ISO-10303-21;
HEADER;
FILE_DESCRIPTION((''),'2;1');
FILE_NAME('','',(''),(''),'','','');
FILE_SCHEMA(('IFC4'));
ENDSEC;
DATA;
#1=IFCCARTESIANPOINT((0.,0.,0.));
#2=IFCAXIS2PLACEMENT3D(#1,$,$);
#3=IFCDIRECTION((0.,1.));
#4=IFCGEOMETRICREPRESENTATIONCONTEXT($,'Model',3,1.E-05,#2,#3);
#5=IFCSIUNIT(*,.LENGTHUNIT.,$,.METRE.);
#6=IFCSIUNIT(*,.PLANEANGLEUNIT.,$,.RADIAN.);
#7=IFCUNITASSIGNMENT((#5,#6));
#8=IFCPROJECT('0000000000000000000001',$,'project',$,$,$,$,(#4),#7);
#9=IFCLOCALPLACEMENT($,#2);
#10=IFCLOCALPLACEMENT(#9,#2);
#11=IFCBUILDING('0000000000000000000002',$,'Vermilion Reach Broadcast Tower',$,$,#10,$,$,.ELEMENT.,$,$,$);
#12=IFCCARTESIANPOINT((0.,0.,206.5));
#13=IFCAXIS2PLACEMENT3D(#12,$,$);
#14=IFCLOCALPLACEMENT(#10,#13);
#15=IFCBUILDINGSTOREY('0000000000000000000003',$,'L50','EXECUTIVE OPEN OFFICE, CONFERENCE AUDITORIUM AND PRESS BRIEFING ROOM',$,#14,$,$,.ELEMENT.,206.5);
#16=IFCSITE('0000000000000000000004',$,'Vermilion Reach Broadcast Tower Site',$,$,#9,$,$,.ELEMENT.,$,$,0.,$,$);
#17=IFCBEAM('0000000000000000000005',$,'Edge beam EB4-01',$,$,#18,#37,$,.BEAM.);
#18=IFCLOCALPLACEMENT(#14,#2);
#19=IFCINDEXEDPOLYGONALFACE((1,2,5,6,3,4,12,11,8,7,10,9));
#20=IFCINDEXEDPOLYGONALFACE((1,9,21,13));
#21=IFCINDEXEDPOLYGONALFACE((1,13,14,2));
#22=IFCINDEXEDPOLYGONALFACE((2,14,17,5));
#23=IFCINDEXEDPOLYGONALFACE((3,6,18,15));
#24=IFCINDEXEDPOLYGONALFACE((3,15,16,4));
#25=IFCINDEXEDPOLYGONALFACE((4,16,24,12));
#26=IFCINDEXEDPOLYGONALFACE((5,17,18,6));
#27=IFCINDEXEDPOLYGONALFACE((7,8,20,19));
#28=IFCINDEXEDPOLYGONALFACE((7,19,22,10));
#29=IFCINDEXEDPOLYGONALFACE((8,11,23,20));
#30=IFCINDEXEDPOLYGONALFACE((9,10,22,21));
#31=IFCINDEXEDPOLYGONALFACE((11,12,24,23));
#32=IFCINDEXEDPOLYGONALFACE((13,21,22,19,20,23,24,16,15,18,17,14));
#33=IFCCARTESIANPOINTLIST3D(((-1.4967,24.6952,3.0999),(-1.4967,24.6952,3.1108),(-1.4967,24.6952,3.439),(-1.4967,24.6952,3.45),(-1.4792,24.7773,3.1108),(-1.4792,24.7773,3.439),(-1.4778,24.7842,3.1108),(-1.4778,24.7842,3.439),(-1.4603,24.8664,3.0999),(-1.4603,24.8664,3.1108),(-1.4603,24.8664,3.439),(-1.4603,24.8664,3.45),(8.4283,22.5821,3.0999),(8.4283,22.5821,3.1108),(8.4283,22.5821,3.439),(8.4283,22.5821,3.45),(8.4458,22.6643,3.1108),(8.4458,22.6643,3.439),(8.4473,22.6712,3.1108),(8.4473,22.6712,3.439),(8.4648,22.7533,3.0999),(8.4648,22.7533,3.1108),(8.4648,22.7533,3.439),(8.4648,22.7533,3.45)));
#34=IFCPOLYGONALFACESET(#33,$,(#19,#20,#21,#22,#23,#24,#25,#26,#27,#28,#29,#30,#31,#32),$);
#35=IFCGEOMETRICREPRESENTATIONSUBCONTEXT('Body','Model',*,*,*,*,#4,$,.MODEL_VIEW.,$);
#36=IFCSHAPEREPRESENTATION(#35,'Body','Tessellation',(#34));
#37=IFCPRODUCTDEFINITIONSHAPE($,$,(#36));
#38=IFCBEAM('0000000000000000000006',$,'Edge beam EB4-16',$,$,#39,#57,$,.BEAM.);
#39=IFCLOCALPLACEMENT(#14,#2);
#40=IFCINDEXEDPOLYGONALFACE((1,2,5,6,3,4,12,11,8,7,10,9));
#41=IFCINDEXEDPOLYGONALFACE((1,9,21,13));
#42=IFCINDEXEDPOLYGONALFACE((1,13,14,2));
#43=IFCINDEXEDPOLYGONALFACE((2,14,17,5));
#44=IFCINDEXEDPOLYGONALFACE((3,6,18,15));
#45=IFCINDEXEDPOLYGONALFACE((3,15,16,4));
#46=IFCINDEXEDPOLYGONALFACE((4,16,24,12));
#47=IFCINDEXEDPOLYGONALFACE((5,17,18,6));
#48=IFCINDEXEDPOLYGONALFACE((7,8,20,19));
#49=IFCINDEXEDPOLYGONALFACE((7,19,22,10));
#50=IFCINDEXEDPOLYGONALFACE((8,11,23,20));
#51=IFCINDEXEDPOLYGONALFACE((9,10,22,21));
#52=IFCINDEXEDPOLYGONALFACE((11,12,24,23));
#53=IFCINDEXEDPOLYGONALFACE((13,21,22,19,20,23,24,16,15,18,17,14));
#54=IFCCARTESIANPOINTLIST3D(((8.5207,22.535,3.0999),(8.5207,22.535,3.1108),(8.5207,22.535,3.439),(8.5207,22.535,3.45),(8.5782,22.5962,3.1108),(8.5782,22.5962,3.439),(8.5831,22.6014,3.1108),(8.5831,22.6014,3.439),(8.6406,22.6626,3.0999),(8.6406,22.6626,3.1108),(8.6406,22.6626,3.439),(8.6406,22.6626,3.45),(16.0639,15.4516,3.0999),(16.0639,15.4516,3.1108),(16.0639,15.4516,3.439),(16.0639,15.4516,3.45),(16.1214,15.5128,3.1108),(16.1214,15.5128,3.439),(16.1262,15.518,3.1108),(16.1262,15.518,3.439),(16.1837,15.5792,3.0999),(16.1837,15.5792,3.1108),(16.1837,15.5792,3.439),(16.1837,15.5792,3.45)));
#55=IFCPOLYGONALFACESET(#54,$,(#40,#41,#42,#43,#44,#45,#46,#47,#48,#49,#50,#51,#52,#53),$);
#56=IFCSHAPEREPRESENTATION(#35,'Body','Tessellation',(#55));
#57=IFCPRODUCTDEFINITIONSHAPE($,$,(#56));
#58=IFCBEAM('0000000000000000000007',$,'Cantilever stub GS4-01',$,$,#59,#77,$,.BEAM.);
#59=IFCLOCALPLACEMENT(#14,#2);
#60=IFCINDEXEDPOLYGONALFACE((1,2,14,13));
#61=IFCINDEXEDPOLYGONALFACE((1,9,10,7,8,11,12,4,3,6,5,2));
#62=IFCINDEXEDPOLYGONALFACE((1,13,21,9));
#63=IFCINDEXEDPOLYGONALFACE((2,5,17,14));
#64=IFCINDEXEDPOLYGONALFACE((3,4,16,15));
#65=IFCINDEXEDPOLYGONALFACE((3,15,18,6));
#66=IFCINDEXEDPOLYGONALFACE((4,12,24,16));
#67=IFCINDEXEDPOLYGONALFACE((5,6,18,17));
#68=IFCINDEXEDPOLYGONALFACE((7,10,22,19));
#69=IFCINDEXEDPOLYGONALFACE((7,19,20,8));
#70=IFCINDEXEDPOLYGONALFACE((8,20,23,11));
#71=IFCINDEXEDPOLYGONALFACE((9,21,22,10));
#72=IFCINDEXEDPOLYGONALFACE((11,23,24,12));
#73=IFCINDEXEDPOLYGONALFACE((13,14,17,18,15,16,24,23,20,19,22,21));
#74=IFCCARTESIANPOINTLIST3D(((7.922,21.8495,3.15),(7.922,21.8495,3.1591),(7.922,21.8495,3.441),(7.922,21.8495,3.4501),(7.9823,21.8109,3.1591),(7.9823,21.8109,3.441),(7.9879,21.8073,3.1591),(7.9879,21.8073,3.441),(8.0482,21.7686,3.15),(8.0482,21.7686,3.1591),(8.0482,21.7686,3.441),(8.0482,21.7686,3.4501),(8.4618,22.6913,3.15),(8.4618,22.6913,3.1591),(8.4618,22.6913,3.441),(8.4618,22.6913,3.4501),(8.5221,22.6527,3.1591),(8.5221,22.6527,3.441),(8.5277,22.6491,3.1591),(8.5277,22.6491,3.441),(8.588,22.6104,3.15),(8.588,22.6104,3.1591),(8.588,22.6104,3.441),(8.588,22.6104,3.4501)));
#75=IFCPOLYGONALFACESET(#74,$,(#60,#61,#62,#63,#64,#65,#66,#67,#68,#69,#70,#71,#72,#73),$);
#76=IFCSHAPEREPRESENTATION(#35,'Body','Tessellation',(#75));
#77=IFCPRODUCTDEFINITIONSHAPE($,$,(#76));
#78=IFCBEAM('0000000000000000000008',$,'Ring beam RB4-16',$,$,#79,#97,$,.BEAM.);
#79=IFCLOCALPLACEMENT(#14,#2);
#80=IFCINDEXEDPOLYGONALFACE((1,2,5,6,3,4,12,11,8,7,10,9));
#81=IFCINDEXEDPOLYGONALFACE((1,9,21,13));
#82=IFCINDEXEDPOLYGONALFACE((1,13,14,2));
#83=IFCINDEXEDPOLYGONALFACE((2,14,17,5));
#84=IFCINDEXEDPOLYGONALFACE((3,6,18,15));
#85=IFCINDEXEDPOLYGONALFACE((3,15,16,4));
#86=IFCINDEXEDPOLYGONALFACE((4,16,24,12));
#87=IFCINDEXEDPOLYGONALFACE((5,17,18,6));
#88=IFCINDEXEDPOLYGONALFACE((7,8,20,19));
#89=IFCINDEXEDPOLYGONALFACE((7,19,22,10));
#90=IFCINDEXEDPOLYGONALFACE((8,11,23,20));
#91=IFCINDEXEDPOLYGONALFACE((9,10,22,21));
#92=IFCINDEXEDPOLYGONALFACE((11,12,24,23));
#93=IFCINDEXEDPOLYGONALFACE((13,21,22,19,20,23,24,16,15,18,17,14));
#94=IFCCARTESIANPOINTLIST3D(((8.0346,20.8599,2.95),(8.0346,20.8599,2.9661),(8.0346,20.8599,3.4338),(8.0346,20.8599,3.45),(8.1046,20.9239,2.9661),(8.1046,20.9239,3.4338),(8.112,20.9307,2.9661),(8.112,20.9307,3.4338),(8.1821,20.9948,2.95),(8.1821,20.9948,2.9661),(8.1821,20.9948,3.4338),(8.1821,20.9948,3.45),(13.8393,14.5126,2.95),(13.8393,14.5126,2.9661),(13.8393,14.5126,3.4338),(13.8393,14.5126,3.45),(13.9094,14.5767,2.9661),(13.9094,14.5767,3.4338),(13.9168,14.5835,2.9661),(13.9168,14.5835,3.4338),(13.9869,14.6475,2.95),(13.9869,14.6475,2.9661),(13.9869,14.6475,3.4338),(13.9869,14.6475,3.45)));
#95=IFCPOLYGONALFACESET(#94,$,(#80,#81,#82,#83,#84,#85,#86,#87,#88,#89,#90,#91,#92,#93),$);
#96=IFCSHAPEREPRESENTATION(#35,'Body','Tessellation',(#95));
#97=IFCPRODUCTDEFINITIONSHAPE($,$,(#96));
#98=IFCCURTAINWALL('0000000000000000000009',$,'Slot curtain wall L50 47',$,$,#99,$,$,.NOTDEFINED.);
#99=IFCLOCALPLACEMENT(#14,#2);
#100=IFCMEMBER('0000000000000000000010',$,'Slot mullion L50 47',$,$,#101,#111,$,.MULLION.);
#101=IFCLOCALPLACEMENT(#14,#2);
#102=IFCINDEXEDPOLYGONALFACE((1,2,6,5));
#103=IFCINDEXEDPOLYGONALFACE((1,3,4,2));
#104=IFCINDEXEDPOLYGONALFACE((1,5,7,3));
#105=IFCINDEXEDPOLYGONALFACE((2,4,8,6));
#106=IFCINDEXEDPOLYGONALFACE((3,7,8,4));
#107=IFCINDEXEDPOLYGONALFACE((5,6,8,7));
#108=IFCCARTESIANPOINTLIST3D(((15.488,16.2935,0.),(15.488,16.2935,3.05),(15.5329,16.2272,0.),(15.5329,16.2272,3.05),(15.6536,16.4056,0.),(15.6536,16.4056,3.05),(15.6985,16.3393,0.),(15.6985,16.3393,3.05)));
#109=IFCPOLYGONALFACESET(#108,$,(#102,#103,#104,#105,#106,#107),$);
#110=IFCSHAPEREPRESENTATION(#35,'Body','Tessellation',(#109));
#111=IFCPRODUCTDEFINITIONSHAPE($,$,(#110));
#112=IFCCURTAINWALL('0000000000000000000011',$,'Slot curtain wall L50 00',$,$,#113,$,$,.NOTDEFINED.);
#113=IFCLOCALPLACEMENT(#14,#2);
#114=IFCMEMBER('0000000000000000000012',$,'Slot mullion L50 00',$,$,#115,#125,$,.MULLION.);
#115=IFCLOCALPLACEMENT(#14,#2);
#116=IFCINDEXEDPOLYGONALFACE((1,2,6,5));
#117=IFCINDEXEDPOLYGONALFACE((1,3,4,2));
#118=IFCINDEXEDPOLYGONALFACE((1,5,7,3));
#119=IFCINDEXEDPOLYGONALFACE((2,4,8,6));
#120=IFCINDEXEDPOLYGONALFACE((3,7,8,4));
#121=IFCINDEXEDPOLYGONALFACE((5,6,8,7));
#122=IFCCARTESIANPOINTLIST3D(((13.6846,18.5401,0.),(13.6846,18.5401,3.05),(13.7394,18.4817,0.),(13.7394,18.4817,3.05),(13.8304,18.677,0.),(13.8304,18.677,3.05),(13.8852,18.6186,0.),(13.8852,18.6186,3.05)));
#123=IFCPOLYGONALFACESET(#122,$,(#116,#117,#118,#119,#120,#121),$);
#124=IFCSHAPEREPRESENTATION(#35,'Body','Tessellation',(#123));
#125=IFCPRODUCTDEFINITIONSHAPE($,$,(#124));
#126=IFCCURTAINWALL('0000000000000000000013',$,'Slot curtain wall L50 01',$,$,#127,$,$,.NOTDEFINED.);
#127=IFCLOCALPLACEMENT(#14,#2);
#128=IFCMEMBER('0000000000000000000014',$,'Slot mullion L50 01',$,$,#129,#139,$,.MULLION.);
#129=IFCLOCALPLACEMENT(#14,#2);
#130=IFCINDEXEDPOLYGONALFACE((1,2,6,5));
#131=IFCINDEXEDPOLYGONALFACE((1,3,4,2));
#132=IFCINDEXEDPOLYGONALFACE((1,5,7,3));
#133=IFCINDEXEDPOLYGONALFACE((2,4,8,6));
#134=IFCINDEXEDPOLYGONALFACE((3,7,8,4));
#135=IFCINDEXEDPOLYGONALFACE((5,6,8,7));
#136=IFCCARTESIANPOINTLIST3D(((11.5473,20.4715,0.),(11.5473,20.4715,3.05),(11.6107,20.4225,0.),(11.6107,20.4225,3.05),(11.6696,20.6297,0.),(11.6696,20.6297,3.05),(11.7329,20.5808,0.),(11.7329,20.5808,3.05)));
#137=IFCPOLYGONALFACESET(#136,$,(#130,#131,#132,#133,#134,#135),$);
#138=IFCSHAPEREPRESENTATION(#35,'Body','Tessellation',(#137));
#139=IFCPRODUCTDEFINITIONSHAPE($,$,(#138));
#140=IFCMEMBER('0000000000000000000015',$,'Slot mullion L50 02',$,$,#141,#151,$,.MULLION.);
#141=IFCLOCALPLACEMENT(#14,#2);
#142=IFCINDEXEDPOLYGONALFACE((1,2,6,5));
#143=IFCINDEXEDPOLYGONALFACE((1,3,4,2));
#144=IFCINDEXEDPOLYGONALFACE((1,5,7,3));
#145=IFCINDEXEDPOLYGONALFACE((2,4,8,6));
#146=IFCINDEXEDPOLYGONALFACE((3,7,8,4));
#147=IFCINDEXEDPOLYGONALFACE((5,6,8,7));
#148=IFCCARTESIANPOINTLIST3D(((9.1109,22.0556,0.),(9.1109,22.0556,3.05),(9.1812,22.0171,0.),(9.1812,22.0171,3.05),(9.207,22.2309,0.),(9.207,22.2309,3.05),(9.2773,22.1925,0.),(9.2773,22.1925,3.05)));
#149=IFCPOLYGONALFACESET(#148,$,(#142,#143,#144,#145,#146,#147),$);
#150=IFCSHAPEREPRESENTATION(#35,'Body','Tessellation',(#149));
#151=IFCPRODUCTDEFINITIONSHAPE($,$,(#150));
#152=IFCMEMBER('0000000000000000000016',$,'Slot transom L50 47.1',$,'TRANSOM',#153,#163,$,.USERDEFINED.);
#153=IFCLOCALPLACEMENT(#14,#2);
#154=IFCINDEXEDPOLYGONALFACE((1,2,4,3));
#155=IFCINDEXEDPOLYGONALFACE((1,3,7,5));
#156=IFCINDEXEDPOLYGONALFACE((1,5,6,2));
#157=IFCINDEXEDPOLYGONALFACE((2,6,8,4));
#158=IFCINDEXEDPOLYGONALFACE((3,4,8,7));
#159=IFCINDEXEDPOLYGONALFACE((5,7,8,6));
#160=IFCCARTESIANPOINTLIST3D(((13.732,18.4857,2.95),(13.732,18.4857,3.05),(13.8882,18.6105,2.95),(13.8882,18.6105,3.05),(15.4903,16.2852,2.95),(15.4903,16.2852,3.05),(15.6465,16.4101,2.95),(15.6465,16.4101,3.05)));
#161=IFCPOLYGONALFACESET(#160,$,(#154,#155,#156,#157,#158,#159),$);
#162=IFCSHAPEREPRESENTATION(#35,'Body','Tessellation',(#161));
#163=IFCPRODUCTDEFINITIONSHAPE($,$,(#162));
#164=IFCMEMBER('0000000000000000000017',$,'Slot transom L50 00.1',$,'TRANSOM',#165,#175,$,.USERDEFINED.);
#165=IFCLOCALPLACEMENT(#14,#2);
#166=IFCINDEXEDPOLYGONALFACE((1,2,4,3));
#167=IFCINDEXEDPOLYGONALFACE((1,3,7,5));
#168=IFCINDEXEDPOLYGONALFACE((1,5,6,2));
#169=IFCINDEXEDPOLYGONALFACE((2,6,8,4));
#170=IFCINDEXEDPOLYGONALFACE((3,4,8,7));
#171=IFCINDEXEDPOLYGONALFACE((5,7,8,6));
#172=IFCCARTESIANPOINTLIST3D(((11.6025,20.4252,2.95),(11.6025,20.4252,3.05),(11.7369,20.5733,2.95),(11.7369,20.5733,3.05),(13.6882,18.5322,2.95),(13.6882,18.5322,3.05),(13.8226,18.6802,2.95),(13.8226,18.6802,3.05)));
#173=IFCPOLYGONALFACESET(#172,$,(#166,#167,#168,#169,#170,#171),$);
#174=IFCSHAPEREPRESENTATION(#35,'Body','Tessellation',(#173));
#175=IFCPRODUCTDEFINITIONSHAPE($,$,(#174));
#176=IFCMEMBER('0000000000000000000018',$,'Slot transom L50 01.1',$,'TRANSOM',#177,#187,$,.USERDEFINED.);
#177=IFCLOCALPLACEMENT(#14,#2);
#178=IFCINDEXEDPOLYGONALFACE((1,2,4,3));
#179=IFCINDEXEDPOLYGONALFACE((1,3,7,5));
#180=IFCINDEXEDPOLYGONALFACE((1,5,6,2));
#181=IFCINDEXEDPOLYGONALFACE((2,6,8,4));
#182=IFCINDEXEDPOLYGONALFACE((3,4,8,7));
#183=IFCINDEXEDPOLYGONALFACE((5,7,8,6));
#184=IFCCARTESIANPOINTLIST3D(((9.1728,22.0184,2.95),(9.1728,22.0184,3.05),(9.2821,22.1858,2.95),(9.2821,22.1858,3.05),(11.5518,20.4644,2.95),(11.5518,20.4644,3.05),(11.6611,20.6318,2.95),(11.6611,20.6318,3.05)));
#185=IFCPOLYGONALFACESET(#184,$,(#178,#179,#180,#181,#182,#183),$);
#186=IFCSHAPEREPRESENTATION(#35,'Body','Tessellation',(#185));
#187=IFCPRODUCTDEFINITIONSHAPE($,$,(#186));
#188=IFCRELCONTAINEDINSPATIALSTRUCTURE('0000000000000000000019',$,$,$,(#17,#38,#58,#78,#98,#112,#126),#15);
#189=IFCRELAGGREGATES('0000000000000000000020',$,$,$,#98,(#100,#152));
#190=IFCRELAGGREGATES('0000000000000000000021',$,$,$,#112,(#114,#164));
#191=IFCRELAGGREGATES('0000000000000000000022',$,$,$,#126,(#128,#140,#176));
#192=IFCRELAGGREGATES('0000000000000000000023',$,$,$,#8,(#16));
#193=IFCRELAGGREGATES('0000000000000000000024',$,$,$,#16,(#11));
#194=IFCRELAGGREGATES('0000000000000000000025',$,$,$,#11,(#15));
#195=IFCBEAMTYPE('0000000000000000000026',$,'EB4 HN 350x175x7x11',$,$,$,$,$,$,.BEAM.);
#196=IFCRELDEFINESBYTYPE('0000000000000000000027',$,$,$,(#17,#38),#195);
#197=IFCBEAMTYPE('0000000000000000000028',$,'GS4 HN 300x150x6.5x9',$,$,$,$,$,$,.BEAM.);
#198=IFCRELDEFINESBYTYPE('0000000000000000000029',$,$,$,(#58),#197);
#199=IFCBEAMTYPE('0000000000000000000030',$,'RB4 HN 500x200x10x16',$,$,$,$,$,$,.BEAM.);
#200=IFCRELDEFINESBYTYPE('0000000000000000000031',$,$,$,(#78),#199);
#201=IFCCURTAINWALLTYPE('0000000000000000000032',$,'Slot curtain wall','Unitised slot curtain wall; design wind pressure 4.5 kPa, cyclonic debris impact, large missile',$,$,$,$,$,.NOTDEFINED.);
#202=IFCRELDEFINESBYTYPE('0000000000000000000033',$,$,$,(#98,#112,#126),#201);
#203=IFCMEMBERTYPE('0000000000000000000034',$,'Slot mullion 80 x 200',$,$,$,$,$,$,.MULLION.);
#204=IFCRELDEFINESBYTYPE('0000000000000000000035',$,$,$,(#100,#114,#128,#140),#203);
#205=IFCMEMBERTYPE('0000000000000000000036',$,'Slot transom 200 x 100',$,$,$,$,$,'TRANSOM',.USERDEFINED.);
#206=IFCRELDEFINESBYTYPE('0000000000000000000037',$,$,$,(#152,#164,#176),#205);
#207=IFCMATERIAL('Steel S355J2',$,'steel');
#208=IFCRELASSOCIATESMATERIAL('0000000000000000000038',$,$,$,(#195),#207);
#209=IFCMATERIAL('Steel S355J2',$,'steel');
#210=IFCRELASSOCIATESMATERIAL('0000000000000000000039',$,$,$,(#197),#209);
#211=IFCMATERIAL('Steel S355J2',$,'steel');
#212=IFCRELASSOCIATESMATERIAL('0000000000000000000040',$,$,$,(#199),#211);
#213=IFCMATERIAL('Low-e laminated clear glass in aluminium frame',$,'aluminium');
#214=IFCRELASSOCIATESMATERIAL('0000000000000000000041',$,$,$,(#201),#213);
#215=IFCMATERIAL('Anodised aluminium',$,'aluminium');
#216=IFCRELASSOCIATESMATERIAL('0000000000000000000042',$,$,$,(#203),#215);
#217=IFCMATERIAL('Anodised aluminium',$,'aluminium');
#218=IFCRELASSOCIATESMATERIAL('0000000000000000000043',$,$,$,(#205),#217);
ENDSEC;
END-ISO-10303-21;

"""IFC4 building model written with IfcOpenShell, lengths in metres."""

from ifc_helpers import new_model, si_unit, direction, frame, origin, origin_2d, place, context, subcontext, project, spatial, rectangle, i_section, extrude, material, material_profile, profile_set, type_object, element, aggregate, save


model = new_model("IFC4")

# Units and contexts
model_context = context("Model", 3, precision=1e-05, world=origin(), true_north=direction((0.0, 1.0)))
body_context = subcontext(model_context, "Body", "Model", "MODEL_VIEW")
ifc_project = project(units=[si_unit("LENGTHUNIT", "METRE"), si_unit("PLANEANGLEUNIT", "RADIAN")], contexts=[model_context])

# Site, building, storey
site_placement = place(None, origin())
site = spatial("IfcSite", under=ifc_project, at=site_placement, Name="Vermilion Reach Broadcast Tower Site", CompositionType="ELEMENT", RefElevation=0.0)
building_placement = place(site_placement, origin())
building = spatial("IfcBuilding", under=site, at=building_placement, Name="Vermilion Reach Broadcast Tower", CompositionType="ELEMENT")
storey_placement = place(building_placement, frame((0.0, 0.0, 206.5)))
storey = spatial("IfcBuildingStorey", under=building, at=storey_placement, Name="L50", Description="EXECUTIVE OPEN OFFICE, CONFERENCE AUDITORIUM AND PRESS BRIEFING ROOM", CompositionType="ELEMENT", Elevation=206.5)

# Beams
ifc_material_1 = material(Name="Steel S355J2", Category="steel")
ifc_material_profile_1 = material_profile(ifc_material_1, i_section(OverallWidth=0.175, OverallDepth=0.3501, WebThickness=0.0071, FlangeThickness=0.011, at=origin_2d()), Name="S355J2 HN 350x175x7x11")
ifc_profile_set_1 = profile_set([ifc_material_profile_1], Name="Steel S355J2")
beam_type_1 = type_object("IfcBeamType", Name="EB4 HN 350x175x7x11", PredefinedType="BEAM", material=ifc_profile_set_1)
beam_1_placement = place(storey_placement, frame((8.4465, 22.6677, 3.2749), z_axis=(-0.978079, 0.208233, 0.0), x_axis=(-0.208233, -0.978079, 0.0)))
element("IfcBeam", 1, at=beam_1_placement, inside=storey, type_object=beam_type_1, Name="Edge beam EB4-01", PredefinedType="BEAM", context=body_context, shape_type="SweptSolid", body=[
    extrude(i_section(OverallWidth=0.175, OverallDepth=0.3501, WebThickness=0.0071, FlangeThickness=0.011, at=origin_2d()), origin(), (0.0, 0.0, 1.0), 10.1475),
])
beam_2_placement = place(storey_placement, frame((16.1238, 15.5154, 3.2749), z_axis=(-0.728971, 0.684544, 0.0), x_axis=(-0.684544, -0.728971, 0.0)))
element("IfcBeam", 2, at=beam_2_placement, inside=storey, type_object=beam_type_1, Name="Edge beam EB4-16", PredefinedType="BEAM", context=body_context, shape_type="SweptSolid", body=[
    extrude(i_section(OverallWidth=0.175, OverallDepth=0.3501, WebThickness=0.0071, FlangeThickness=0.011, at=origin_2d()), origin(), (0.0, 0.0, 1.0), 10.3477),
])
ifc_material_2 = material(Name="Steel S355J2", Category="steel")
ifc_material_profile_2 = material_profile(ifc_material_2, i_section(OverallWidth=0.1499, OverallDepth=0.3, WebThickness=0.0066, FlangeThickness=0.009, at=origin_2d()), Name="S355J2 HN 300x150x6.5x9")
ifc_profile_set_2 = profile_set([ifc_material_profile_2], Name="Steel S355J2")
beam_type_2 = type_object("IfcBeamType", Name="GS4 HN 300x150x6.5x9", PredefinedType="BEAM", material=ifc_profile_set_2)
beam_3_placement = place(storey_placement, frame((7.9851, 21.8091, 3.3), z_axis=(0.539795, 0.841797, 0.0), x_axis=(-0.841797, 0.539795, 0.0)))
element("IfcBeam", 3, at=beam_3_placement, inside=storey, type_object=beam_type_2, Name="Cantilever stub GS4-01", PredefinedType="BEAM", context=body_context, shape_type="SweptSolid", body=[
    extrude(i_section(OverallWidth=0.1499, OverallDepth=0.3, WebThickness=0.0066, FlangeThickness=0.009, at=origin_2d()), origin(), (0.0, 0.0, 1.0), 1.0),
])
ifc_material_3 = material(Name="Steel S355J2", Category="steel")
ifc_material_profile_3 = material_profile(ifc_material_3, i_section(OverallWidth=0.2, OverallDepth=0.5, WebThickness=0.01, FlangeThickness=0.0161, at=origin_2d()), Name="S355J2 HN 500x200x10x16")
ifc_profile_set_3 = profile_set([ifc_material_profile_3], Name="Steel S355J2")
beam_type_3 = type_object("IfcBeamType", Name="RB4 HN 500x200x10x16", PredefinedType="BEAM", material=ifc_profile_set_3)
beam_4_placement = place(storey_placement, frame((13.9131, 14.5801, 3.2), z_axis=(-0.674868, 0.737938, 0.0), x_axis=(-0.737938, -0.674868, 0.0)))
element("IfcBeam", 4, at=beam_4_placement, inside=storey, type_object=beam_type_3, Name="Ring beam RB4-16", PredefinedType="BEAM", context=body_context, shape_type="SweptSolid", body=[
    extrude(i_section(OverallWidth=0.2, OverallDepth=0.5, WebThickness=0.01, FlangeThickness=0.0161, at=origin_2d()), origin(), (0.0, 0.0, 1.0), 8.6013),
])

# Curtain walls, members
ifc_material_4 = material(Name="Low-e laminated clear glass in aluminium frame", Category="aluminium")
curtain_wall_type = type_object("IfcCurtainWallType", Name="Slot curtain wall", Description="Unitised slot curtain wall; design wind pressure 4.5 kPa, cyclonic debris impact, large missile", PredefinedType="NOTDEFINED", material=ifc_material_4)
placement = place(storey_placement, origin())
curtain_wall_1 = element("IfcCurtainWall", 5, at=placement, inside=storey, type_object=curtain_wall_type, Name="Slot curtain wall L50 47", PredefinedType="NOTDEFINED")
ifc_material_5 = material(Name="Anodised aluminium", Category="aluminium")
ifc_material_profile_4 = material_profile(ifc_material_5, rectangle(XDim=0.2, YDim=0.0801, at=origin_2d()), Name="Slot mullion 80 x 200")
ifc_profile_set_4 = profile_set([ifc_material_profile_4], Name="Anodised aluminium")
member_type_1 = type_object("IfcMemberType", Name="Slot mullion 80 x 200", PredefinedType="MULLION", material=ifc_profile_set_4)
member_1_placement = place(storey_placement, frame((15.5933, 16.3164, 0.0), z_axis=(0.0, 0.0, 1.0), x_axis=(-0.828147, -0.560511, 0.0)))
member_1 = element("IfcMember", 6, at=member_1_placement, type_object=member_type_1, Name="Slot mullion L50 47", PredefinedType="MULLION", context=body_context, shape_type="SweptSolid", body=[
    extrude(rectangle(XDim=0.2, YDim=0.0801, at=origin_2d()), origin(), (0.0, 0.0, 1.0), 3.05),
])
curtain_wall_2 = element("IfcCurtainWall", 7, at=placement, inside=storey, type_object=curtain_wall_type, Name="Slot curtain wall L50 00", PredefinedType="NOTDEFINED")
member_2_placement = place(storey_placement, frame((13.7849, 18.5793, 0.0), z_axis=(0.0, 0.0, 1.0), x_axis=(-0.728969, -0.684547, 0.0)))
member_2 = element("IfcMember", 8, at=member_2_placement, type_object=member_type_1, Name="Slot mullion L50 00", PredefinedType="MULLION", context=body_context, shape_type="SweptSolid", body=[
    extrude(rectangle(XDim=0.2, YDim=0.0801, at=origin_2d()), origin(), (0.0, 0.0, 1.0), 3.05),
])

# Curtain wall, members
curtain_wall_3 = element("IfcCurtainWall", 9, at=placement, inside=storey, type_object=curtain_wall_type, Name="Slot curtain wall L50 01", PredefinedType="NOTDEFINED")
member_3_placement = place(storey_placement, frame((11.6401, 20.5261, 0.0), z_axis=(0.0, 0.0, 1.0), x_axis=(-0.611404, -0.791318, 0.0)))
member_3 = element("IfcMember", 10, at=member_3_placement, type_object=member_type_1, Name="Slot mullion L50 01", PredefinedType="MULLION", context=body_context, shape_type="SweptSolid", body=[
    extrude(rectangle(XDim=0.2, YDim=0.0801, at=origin_2d()), origin(), (0.0, 0.0, 1.0), 3.05),
])
member_4_placement = place(storey_placement, frame((9.1941, 22.124, 0.0), z_axis=(0.0, 0.0, 1.0), x_axis=(-0.48063, -0.876924, 0.0)))
member_4 = element("IfcMember", 11, at=member_4_placement, type_object=member_type_1, Name="Slot mullion L50 02", PredefinedType="MULLION", context=body_context, shape_type="SweptSolid", body=[
    extrude(rectangle(XDim=0.2, YDim=0.0801, at=origin_2d()), origin(), (0.0, 0.0, 1.0), 3.05),
])

# Members
ifc_material_6 = material(Name="Anodised aluminium", Category="aluminium")
ifc_material_profile_5 = material_profile(ifc_material_6, rectangle(XDim=0.2, YDim=0.1001, at=origin_2d()), Name="Slot transom 200 x 100")
ifc_profile_set_5 = profile_set([ifc_material_profile_5], Name="Anodised aluminium")
member_type_2 = type_object("IfcMemberType", Name="Slot transom 200 x 100", ElementType="TRANSOM", PredefinedType="USERDEFINED", material=ifc_profile_set_5)
member_5_placement = place(storey_placement, frame((15.5684, 16.3477, 3.0), z_axis=(-0.624251, 0.781224, 0.0), x_axis=(-0.781224, -0.624251, 0.0)))
member_5 = element("IfcMember", 12, at=member_5_placement, type_object=member_type_2, Name="Slot transom L50 47.1", ObjectType="TRANSOM", PredefinedType="USERDEFINED", context=body_context, shape_type="SweptSolid", body=[
    extrude(rectangle(XDim=0.2, YDim=0.1001, at=origin_2d()), origin(), (0.0, 0.0, 1.0), 2.8167),
])
member_6_placement = place(storey_placement, frame((13.7554, 18.6062, 3.0), z_axis=(-0.740473, 0.672086, 0.0), x_axis=(-0.672086, -0.740473, 0.0)))
member_6 = element("IfcMember", 13, at=member_6_placement, type_object=member_type_2, Name="Slot transom L50 00.1", ObjectType="TRANSOM", PredefinedType="USERDEFINED", context=body_context, shape_type="SweptSolid", body=[
    extrude(rectangle(XDim=0.2, YDim=0.1001, at=origin_2d()), origin(), (0.0, 0.0, 1.0), 2.8167),
])
member_7_placement = place(storey_placement, frame((11.6064, 20.5481, 3.0), z_axis=(-0.837209, 0.546884, 0.0), x_axis=(-0.546884, -0.837209, 0.0)))
member_7 = element("IfcMember", 14, at=member_7_placement, type_object=member_type_2, Name="Slot transom L50 01.1", ObjectType="TRANSOM", PredefinedType="USERDEFINED", context=body_context, shape_type="SweptSolid", body=[
    extrude(rectangle(XDim=0.2, YDim=0.1001, at=origin_2d()), origin(), (0.0, 0.0, 1.0), 2.8416),
])

aggregate(curtain_wall_1, [member_1, member_5])
aggregate(curtain_wall_2, [member_2, member_6])
aggregate(curtain_wall_3, [member_3, member_4, member_7])

save(model, "model.ifc")
